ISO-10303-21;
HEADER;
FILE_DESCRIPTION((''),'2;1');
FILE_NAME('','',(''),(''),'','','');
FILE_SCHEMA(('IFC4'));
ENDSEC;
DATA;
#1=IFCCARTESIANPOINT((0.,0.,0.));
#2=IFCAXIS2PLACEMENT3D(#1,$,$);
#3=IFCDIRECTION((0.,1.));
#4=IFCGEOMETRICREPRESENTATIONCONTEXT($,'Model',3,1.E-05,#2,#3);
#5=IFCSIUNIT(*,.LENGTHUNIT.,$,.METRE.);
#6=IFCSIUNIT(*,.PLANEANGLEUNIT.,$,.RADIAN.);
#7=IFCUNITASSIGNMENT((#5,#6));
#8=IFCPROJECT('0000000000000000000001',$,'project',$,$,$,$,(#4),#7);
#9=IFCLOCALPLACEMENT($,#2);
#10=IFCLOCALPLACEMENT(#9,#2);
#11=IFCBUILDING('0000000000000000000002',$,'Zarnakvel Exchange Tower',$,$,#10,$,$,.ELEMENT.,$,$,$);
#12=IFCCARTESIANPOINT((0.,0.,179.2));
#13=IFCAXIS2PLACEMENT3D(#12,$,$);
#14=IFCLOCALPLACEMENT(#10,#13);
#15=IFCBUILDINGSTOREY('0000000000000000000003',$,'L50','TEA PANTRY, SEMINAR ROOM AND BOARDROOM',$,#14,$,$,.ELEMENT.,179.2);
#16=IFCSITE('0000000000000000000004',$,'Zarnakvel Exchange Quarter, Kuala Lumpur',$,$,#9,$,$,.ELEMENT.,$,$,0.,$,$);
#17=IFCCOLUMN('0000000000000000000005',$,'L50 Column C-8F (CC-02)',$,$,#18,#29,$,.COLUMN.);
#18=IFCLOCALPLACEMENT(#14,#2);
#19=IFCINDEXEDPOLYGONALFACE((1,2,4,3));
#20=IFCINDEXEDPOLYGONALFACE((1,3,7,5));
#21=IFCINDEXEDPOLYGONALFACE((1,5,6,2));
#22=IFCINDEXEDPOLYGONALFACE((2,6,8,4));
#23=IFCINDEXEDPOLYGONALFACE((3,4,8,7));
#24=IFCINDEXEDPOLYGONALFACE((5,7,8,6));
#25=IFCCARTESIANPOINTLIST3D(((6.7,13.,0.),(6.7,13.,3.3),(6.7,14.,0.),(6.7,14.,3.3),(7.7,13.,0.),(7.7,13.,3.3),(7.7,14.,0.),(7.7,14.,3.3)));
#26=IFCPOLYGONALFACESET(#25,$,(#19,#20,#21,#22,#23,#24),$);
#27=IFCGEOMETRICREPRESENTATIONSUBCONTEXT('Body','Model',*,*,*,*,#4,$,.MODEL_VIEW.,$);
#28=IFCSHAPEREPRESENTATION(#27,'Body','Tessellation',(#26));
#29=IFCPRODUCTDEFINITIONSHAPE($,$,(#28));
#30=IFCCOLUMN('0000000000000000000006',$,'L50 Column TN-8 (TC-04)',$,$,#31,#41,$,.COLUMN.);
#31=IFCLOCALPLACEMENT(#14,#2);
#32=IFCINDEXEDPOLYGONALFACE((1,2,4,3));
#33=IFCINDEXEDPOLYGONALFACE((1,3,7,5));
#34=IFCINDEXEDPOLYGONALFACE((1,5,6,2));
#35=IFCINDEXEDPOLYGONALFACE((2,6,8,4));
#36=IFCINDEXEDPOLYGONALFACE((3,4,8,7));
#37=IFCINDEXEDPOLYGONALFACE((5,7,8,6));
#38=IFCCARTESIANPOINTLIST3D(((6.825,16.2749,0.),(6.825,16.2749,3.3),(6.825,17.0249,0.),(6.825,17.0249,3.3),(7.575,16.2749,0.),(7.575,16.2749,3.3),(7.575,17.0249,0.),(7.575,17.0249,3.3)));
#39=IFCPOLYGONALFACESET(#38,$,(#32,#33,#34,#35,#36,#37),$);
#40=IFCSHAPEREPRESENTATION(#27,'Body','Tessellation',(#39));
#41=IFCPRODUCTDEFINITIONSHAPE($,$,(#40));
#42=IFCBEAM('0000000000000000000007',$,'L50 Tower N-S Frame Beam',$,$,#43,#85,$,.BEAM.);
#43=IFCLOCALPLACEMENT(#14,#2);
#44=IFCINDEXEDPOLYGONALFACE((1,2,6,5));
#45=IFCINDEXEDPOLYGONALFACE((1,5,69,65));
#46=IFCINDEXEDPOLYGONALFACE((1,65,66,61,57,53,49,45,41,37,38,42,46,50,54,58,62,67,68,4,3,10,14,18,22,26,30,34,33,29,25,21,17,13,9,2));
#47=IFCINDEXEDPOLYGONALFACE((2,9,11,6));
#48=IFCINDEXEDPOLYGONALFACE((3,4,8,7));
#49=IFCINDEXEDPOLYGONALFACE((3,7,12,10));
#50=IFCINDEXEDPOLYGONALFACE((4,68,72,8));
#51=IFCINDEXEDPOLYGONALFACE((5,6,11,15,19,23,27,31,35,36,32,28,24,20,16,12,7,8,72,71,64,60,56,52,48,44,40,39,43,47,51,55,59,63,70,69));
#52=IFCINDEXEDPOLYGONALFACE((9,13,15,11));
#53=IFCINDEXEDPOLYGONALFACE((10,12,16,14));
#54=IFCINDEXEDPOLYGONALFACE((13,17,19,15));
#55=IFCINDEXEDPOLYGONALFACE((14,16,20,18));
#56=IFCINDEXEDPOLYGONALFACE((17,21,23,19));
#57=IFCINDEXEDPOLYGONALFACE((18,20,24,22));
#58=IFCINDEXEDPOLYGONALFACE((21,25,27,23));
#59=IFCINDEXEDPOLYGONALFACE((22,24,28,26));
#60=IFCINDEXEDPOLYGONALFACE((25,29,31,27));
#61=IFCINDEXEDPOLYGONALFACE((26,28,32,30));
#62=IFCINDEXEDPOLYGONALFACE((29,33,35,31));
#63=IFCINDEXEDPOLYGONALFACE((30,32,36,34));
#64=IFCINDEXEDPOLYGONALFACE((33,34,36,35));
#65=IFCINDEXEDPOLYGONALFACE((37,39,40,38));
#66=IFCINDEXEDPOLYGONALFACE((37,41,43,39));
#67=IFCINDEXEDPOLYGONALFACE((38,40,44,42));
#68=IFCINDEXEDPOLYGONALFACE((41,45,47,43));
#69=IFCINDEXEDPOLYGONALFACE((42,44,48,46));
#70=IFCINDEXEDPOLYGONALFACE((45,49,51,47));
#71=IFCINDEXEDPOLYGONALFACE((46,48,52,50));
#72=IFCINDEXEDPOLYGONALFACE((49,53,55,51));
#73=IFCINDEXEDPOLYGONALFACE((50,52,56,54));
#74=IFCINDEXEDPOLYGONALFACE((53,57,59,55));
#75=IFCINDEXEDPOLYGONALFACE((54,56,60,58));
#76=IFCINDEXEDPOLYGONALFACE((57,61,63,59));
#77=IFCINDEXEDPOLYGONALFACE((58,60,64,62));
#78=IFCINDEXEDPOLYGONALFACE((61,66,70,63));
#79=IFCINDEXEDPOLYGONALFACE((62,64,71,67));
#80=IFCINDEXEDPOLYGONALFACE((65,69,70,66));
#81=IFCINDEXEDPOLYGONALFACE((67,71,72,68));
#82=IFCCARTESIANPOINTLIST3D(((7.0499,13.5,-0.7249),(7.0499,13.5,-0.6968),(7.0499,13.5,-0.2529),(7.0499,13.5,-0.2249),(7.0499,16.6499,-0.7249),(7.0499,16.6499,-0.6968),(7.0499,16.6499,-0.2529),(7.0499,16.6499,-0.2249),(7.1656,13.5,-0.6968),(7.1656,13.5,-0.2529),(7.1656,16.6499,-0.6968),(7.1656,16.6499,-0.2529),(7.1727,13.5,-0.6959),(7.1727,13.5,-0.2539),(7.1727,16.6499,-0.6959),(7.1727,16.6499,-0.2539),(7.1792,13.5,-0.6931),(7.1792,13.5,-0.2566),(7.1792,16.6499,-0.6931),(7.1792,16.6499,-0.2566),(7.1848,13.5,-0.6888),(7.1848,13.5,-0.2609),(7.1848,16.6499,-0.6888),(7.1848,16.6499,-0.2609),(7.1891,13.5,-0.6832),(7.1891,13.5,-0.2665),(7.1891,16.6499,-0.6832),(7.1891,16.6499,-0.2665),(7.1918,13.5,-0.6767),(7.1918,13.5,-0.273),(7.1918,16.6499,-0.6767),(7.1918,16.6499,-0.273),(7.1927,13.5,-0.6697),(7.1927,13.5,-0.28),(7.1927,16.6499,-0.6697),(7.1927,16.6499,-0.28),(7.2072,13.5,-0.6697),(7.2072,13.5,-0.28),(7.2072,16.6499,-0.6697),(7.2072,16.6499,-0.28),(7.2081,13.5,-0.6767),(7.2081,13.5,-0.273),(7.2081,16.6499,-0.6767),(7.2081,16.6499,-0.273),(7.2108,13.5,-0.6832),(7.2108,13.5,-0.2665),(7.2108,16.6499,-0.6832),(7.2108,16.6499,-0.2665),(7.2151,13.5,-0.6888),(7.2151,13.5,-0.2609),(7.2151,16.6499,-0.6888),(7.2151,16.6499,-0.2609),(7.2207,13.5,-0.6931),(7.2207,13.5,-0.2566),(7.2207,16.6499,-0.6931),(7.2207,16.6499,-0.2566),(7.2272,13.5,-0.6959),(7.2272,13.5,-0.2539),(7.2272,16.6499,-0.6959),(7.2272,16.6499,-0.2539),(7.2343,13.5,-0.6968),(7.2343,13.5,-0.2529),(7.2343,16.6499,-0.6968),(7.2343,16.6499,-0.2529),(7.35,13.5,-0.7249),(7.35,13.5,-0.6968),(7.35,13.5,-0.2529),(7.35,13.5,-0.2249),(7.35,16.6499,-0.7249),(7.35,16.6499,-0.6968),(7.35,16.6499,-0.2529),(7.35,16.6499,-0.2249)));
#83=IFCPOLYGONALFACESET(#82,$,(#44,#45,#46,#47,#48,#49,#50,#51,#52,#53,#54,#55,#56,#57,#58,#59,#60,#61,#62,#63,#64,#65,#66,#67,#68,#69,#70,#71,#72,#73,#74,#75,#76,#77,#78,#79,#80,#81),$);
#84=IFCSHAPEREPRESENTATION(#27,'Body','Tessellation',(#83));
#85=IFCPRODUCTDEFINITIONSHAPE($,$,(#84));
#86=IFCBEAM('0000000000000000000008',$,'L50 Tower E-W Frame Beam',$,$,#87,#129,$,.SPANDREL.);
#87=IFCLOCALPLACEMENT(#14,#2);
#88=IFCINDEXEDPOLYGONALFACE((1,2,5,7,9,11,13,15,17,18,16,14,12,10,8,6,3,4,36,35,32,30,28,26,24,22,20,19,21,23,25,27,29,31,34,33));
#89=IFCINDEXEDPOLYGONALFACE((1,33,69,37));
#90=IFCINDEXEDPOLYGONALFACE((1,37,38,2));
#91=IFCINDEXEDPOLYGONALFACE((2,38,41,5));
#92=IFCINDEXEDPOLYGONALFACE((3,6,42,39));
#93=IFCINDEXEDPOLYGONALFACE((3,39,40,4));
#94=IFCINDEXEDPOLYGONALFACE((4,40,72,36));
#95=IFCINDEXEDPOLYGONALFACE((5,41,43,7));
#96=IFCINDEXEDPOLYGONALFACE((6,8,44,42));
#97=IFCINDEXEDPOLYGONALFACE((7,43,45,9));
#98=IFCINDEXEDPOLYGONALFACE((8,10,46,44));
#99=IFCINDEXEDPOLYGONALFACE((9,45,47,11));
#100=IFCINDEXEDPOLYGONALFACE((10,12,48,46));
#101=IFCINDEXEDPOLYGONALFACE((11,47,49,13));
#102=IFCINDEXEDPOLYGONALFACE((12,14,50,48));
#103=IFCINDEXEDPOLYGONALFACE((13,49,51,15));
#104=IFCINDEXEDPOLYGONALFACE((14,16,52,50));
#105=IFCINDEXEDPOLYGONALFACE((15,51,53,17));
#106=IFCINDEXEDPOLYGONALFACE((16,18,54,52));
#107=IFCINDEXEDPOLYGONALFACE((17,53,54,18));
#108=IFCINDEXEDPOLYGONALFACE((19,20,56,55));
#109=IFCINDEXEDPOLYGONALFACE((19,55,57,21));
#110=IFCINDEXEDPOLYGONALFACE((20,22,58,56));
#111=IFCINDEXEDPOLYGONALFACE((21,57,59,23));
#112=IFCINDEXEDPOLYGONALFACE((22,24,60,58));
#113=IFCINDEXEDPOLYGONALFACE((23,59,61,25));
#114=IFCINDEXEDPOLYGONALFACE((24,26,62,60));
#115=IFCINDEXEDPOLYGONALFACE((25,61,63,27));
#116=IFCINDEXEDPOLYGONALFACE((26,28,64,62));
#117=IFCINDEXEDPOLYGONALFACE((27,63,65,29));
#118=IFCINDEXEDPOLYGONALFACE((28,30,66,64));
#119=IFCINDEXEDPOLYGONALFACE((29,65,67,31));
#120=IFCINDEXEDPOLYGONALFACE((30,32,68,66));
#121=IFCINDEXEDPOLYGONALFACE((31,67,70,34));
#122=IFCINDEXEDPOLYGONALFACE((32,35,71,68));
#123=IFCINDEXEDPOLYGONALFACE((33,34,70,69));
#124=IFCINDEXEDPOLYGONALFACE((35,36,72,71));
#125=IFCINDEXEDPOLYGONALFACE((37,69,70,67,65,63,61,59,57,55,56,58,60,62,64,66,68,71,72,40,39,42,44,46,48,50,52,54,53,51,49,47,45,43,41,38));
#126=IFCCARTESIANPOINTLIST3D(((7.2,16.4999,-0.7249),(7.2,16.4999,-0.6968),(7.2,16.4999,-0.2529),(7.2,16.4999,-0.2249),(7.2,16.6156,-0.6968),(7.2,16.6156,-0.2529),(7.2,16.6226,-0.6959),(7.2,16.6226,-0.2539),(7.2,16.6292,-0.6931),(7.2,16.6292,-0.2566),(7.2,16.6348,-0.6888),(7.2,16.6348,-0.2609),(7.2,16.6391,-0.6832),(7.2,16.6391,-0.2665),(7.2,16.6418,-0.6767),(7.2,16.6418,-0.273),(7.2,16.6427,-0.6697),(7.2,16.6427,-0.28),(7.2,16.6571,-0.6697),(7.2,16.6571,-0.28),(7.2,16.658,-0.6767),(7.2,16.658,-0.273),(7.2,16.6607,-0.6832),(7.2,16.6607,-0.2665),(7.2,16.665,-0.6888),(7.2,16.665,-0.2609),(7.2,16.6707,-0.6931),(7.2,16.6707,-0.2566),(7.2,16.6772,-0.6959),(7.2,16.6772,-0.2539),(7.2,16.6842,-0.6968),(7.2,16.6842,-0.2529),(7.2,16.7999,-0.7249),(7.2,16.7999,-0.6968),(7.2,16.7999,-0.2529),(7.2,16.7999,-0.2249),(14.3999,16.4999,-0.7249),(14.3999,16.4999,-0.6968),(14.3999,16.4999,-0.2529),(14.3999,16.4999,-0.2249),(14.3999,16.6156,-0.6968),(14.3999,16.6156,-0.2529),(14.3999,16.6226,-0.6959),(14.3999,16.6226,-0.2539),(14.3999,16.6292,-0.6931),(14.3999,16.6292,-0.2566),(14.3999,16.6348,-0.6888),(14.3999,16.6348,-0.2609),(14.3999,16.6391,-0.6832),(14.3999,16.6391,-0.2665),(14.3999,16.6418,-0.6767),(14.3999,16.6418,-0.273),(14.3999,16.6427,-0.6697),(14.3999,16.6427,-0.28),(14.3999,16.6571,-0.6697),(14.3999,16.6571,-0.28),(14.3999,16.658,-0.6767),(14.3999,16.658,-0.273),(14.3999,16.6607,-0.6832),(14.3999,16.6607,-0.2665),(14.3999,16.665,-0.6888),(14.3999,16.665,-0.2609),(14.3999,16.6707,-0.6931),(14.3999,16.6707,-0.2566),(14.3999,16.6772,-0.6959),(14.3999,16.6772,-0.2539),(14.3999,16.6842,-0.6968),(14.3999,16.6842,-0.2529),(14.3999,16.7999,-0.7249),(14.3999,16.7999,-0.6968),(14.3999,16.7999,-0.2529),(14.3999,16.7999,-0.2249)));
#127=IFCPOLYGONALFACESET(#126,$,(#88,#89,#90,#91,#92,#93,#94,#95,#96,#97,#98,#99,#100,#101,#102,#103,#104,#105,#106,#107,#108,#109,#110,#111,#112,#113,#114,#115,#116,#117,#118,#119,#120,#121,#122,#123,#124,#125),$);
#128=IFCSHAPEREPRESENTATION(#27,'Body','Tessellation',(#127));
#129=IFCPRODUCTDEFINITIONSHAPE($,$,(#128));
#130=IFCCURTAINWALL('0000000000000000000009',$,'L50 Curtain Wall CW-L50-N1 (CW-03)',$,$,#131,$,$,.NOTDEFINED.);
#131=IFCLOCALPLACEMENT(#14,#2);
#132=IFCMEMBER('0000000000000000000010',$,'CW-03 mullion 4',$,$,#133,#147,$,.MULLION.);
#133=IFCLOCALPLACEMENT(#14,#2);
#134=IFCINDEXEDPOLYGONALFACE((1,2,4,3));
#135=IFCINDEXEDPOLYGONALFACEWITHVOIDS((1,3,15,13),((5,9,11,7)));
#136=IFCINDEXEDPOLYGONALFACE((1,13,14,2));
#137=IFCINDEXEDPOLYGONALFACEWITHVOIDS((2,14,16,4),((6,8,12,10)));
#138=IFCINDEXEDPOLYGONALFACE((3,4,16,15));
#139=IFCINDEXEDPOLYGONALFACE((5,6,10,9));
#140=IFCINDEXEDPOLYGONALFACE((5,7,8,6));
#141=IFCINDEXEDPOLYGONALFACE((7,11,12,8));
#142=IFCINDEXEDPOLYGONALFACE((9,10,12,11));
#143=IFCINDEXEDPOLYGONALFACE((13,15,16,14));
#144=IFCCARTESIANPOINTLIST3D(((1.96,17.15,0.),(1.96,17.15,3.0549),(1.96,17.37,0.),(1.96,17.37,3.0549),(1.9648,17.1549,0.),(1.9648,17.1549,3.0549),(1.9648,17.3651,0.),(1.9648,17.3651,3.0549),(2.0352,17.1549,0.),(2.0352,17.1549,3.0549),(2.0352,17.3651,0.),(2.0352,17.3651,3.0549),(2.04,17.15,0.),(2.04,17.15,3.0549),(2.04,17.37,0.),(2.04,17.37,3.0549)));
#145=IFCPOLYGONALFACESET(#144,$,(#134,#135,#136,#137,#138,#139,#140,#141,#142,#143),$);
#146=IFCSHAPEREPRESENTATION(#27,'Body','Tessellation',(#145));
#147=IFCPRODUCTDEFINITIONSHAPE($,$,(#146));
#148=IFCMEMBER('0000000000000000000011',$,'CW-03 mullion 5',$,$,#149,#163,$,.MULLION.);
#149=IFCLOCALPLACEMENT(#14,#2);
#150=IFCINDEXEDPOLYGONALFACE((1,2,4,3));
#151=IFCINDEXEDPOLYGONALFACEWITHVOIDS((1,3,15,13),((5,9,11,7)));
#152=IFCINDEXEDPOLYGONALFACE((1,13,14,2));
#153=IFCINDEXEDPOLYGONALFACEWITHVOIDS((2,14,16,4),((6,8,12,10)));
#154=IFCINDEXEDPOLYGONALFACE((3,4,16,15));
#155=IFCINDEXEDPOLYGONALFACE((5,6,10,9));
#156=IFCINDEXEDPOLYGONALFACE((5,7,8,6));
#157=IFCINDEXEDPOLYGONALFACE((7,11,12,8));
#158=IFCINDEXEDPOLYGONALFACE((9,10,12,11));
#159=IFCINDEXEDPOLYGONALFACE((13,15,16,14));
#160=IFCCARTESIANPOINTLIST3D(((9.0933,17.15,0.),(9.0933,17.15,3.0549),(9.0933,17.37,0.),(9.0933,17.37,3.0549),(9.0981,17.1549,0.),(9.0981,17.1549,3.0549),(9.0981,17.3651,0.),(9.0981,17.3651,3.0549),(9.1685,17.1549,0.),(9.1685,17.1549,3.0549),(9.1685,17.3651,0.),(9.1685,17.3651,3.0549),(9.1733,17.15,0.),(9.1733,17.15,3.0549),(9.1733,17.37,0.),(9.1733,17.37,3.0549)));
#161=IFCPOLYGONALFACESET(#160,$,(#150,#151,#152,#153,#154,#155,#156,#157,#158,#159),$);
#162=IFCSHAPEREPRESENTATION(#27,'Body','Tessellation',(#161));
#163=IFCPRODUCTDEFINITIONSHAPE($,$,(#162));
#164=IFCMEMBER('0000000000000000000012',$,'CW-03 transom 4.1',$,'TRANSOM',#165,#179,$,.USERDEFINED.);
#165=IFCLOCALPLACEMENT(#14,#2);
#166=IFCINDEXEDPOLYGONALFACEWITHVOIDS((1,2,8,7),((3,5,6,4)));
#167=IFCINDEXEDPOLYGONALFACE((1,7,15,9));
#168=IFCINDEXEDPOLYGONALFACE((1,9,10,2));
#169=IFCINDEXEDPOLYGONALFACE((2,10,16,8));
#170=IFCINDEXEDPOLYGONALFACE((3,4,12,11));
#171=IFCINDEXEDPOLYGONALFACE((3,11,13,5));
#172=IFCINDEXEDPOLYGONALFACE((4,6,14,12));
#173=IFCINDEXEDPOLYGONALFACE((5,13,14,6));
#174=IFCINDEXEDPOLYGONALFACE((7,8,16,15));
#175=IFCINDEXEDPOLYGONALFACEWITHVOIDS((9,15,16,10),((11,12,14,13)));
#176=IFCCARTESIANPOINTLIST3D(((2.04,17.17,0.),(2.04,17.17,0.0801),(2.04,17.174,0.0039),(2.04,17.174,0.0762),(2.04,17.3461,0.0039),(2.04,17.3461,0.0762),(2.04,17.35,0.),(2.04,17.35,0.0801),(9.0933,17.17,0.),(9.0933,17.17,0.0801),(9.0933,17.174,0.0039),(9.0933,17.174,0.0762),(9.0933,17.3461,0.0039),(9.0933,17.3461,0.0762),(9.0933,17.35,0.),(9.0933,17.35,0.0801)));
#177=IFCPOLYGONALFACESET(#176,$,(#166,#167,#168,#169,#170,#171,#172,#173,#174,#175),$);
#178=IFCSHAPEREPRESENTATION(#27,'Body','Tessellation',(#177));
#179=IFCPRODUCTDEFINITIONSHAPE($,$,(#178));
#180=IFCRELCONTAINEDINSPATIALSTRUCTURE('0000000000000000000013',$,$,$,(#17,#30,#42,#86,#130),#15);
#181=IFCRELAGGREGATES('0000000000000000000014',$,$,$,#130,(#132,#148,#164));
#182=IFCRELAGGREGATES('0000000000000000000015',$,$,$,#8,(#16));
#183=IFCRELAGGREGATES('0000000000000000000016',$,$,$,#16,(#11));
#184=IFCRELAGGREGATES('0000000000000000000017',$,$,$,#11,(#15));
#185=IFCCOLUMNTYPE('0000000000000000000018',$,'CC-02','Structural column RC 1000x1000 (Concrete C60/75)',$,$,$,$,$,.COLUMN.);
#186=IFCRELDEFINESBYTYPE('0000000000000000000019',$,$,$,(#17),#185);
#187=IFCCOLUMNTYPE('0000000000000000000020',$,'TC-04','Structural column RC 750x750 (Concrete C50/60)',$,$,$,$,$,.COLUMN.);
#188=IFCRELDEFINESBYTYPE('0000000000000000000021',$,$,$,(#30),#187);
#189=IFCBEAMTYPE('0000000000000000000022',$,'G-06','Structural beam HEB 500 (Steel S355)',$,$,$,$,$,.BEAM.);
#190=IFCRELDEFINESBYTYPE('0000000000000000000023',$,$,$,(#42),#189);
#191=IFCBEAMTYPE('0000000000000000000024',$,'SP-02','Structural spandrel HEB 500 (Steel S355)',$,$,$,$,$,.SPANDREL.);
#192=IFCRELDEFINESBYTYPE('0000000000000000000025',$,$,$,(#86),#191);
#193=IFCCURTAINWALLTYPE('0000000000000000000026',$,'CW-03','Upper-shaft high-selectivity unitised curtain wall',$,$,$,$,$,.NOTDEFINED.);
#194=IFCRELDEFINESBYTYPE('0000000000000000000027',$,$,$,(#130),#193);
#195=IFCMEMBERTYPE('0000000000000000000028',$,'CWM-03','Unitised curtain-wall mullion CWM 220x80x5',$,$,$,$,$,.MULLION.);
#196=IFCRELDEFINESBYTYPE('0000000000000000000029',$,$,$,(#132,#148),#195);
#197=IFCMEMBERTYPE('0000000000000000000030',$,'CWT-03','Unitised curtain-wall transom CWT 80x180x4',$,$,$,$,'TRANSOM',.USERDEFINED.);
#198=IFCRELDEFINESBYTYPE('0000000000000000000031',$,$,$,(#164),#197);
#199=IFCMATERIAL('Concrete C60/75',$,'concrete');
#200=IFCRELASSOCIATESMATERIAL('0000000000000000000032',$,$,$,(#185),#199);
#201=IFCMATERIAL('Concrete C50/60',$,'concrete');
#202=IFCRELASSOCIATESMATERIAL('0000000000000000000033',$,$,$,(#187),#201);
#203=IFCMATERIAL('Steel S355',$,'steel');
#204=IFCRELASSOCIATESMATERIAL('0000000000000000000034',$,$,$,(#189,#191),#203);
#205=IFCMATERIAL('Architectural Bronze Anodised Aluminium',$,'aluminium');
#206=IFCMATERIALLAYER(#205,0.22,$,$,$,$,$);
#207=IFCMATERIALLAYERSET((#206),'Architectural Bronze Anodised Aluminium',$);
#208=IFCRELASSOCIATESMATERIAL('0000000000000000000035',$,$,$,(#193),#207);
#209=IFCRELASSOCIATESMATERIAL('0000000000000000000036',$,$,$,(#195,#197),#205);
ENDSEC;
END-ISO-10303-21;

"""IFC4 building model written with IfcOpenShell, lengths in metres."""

from ifc_helpers import new_model, si_unit, direction, frame, origin, origin_2d, place, context, subcontext, project, spatial, rectangle, hollow_rectangle, i_section, extrude, source, transform, mapped, material, layer, layer_set, material_profile, profile_set, type_object, element, aggregate, save


model = new_model("IFC4")

# Units and contexts
model_context = context("Model", 3, precision=1e-05, world=origin(), true_north=direction((0.0, 1.0)))
body_context = subcontext(model_context, "Body", "Model", "MODEL_VIEW")
ifc_project = project(units=[si_unit("LENGTHUNIT", "METRE"), si_unit("PLANEANGLEUNIT", "RADIAN")], contexts=[model_context])

# Site, building, storey
site_placement = place(None, origin())
site = spatial("IfcSite", under=ifc_project, at=site_placement, Name="Zarnakvel Exchange Quarter, Kuala Lumpur", CompositionType="ELEMENT", RefElevation=0.0)
building_placement = place(site_placement, origin())
building = spatial("IfcBuilding", under=site, at=building_placement, Name="Zarnakvel Exchange Tower", CompositionType="ELEMENT")
storey_placement = place(building_placement, frame((0.0, 0.0, 179.2)))
storey = spatial("IfcBuildingStorey", under=building, at=storey_placement, Name="L50", Description="TEA PANTRY, SEMINAR ROOM AND BOARDROOM", CompositionType="ELEMENT", Elevation=179.2)

# Columns
ifc_material_1 = material(Name="Concrete C60/75", Category="concrete")
ifc_material_profile_1 = material_profile(ifc_material_1, rectangle(XDim=1.0, YDim=1.0, at=origin_2d()))
ifc_profile_set_1 = profile_set([ifc_material_profile_1], Name="Concrete C60/75")
column_type_1 = type_object("IfcColumnType", Name="CC-02", Description="Structural column RC 1000x1000 (Concrete C60/75)", PredefinedType="COLUMN", material=ifc_profile_set_1)
column_1_placement = place(storey_placement, frame((7.2, 13.5, 0.0), z_axis=(0.0, 0.0, 1.0), x_axis=(1.0, 0.0, 0.0)))
element("IfcColumn", 1, at=column_1_placement, inside=storey, type_object=column_type_1, Name="L50 Column C-8F (CC-02)", PredefinedType="COLUMN", context=body_context, shape_type="SweptSolid", body=[
    extrude(rectangle(XDim=1.0, YDim=1.0, at=origin_2d()), origin(), (0.0, 0.0, 1.0), 3.3),
])
ifc_material_2 = material(Name="Concrete C50/60", Category="concrete")
ifc_material_profile_2 = material_profile(ifc_material_2, rectangle(XDim=0.75, YDim=0.75, at=origin_2d()))
ifc_profile_set_2 = profile_set([ifc_material_profile_2], Name="Concrete C50/60")
column_type_2 = type_object("IfcColumnType", Name="TC-04", Description="Structural column RC 750x750 (Concrete C50/60)", PredefinedType="COLUMN", material=ifc_profile_set_2)
column_2_placement = place(storey_placement, frame((7.2, 16.6499, 0.0), z_axis=(0.0, 0.0, 1.0), x_axis=(1.0, 0.0, 0.0)))
element("IfcColumn", 2, at=column_2_placement, inside=storey, type_object=column_type_2, Name="L50 Column TN-8 (TC-04)", PredefinedType="COLUMN", context=body_context, shape_type="SweptSolid", body=[
    extrude(rectangle(XDim=0.75, YDim=0.75, at=origin_2d()), origin(), (0.0, 0.0, 1.0), 3.3),
])

# Beams
ifc_material_3 = material(Name="Steel S355", Category="steel")
ifc_material_profile_3 = material_profile(ifc_material_3, i_section(OverallWidth=0.3, OverallDepth=0.5, WebThickness=0.0144, FlangeThickness=0.0281, FilletRadius=0.0271, at=origin_2d()))
ifc_profile_set_3 = profile_set([ifc_material_profile_3], Name="Steel S355")
beam_type_1 = type_object("IfcBeamType", Name="G-06", Description="Structural beam HEB 500 (Steel S355)", PredefinedType="BEAM", material=ifc_profile_set_3)
beam_1_placement = place(storey_placement, frame((7.2, 13.5, -0.4749), z_axis=(0.0, 1.0, 0.0), x_axis=(-1.0, 0.0, 0.0)))
element("IfcBeam", 3, at=beam_1_placement, inside=storey, type_object=beam_type_1, Name="L50 Tower N-S Frame Beam", PredefinedType="BEAM", context=body_context, shape_type="SweptSolid", body=[
    extrude(i_section(OverallWidth=0.3, OverallDepth=0.5, WebThickness=0.0144, FlangeThickness=0.0281, FilletRadius=0.0271, at=origin_2d()), origin(), (0.0, 0.0, 1.0), 3.1499),
])
ifc_material_profile_4 = material_profile(ifc_material_3, i_section(OverallWidth=0.3, OverallDepth=0.5, WebThickness=0.0144, FlangeThickness=0.0281, FilletRadius=0.0271, at=origin_2d()))
ifc_profile_set_4 = profile_set([ifc_material_profile_4], Name="Steel S355")
beam_type_2 = type_object("IfcBeamType", Name="SP-02", Description="Structural spandrel HEB 500 (Steel S355)", PredefinedType="SPANDREL", material=ifc_profile_set_4)
beam_2_placement = place(storey_placement, frame((7.2, 16.6499, -0.4749), z_axis=(1.0, 0.0, 0.0), x_axis=(0.0, 1.0, 0.0)))
element("IfcBeam", 4, at=beam_2_placement, inside=storey, type_object=beam_type_2, Name="L50 Tower E-W Frame Beam", PredefinedType="SPANDREL", context=body_context, shape_type="SweptSolid", body=[
    extrude(i_section(OverallWidth=0.3, OverallDepth=0.5, WebThickness=0.0144, FlangeThickness=0.0281, FilletRadius=0.0271, at=origin_2d()), origin(), (0.0, 0.0, 1.0), 7.2),
])

# Curtain wall, members
ifc_material_4 = material(Name="Architectural Bronze Anodised Aluminium", Category="aluminium")
ifc_layer_1 = layer(ifc_material_4, 0.22)
ifc_layer_set_1 = layer_set([ifc_layer_1], Name="Architectural Bronze Anodised Aluminium")
curtain_wall_type = type_object("IfcCurtainWallType", Name="CW-03", Description="Upper-shaft high-selectivity unitised curtain wall", PredefinedType="NOTDEFINED", material=ifc_layer_set_1)
curtain_wall_placement = place(storey_placement, origin())
curtain_wall = element("IfcCurtainWall", 5, at=curtain_wall_placement, inside=storey, type_object=curtain_wall_type, Name="L50 Curtain Wall CW-L50-N1 (CW-03)", PredefinedType="NOTDEFINED")
ifc_material_profile_5 = material_profile(ifc_material_4, hollow_rectangle(XDim=0.22, YDim=0.0801, WallThickness=0.0049, at=origin_2d()))
ifc_profile_set_5 = profile_set([ifc_material_profile_5], Name="Architectural Bronze Anodised Aluminium")
member_type_1 = type_object("IfcMemberType", Name="CWM-03", Description="Unitised curtain-wall mullion CWM 220x80x5", PredefinedType="MULLION", material=ifc_profile_set_5)
shared_shape_1 = source(origin(), body_context, "Body", "SweptSolid", [
    extrude(hollow_rectangle(XDim=0.22, YDim=0.0801, WallThickness=0.0049, at=origin_2d()), origin(), (0.0, 0.0, 1.0), 3.0549),
])
member_1_placement = place(storey_placement, frame((2.0, 17.26, 0.0), z_axis=(0.0, 0.0, 1.0), x_axis=(0.0, 1.0, 0.0)))
member_1 = element("IfcMember", 6, at=member_1_placement, type_object=member_type_1, Name="CW-03 mullion 4", PredefinedType="MULLION", context=body_context, shape_type="MappedRepresentation", body=[
    mapped(shared_shape_1, transform((0.0, 0.0, 0.0), x_axis=(1.0, 0.0, 0.0), y_axis=(0.0, 1.0, 0.0), z_axis=(0.0, 0.0, 1.0), scale=1.0)),
])
member_2_placement = place(storey_placement, frame((9.1333, 17.26, 0.0), z_axis=(0.0, 0.0, 1.0), x_axis=(0.0, 1.0, 0.0)))
member_2 = element("IfcMember", 7, at=member_2_placement, type_object=member_type_1, Name="CW-03 mullion 5", PredefinedType="MULLION", context=body_context, shape_type="MappedRepresentation", body=[
    mapped(shared_shape_1, transform((0.0, 0.0, 0.0), x_axis=(1.0, 0.0, 0.0), y_axis=(0.0, 1.0, 0.0), z_axis=(0.0, 0.0, 1.0), scale=1.0)),
])
ifc_material_profile_6 = material_profile(ifc_material_4, hollow_rectangle(XDim=0.1799, YDim=0.0801, WallThickness=0.0039, at=origin_2d()))
ifc_profile_set_6 = profile_set([ifc_material_profile_6], Name="Architectural Bronze Anodised Aluminium")
member_type_2 = type_object("IfcMemberType", Name="CWT-03", Description="Unitised curtain-wall transom CWT 80x180x4", ElementType="TRANSOM", PredefinedType="USERDEFINED", material=ifc_profile_set_6)
shared_shape_2 = source(origin(), body_context, "Body", "SweptSolid", [
    extrude(hollow_rectangle(XDim=0.1799, YDim=0.0801, WallThickness=0.0039, at=origin_2d()), origin(), (0.0, 0.0, 1.0), 7.0532),
])
member_3_placement = place(storey_placement, frame((2.04, 17.26, 0.04), z_axis=(1.0, 0.0, 0.0), x_axis=(0.0, 1.0, 0.0)))
member_3 = element("IfcMember", 8, at=member_3_placement, type_object=member_type_2, Name="CW-03 transom 4.1", ObjectType="TRANSOM", PredefinedType="USERDEFINED", context=body_context, shape_type="MappedRepresentation", body=[
    mapped(shared_shape_2, transform((0.0, 0.0, 0.0), x_axis=(1.0, 0.0, 0.0), y_axis=(0.0, 1.0, 0.0), z_axis=(0.0, 0.0, 1.0), scale=1.0)),
])
aggregate(curtain_wall, [member_1, member_2, member_3])

save(model, "model.ifc")
